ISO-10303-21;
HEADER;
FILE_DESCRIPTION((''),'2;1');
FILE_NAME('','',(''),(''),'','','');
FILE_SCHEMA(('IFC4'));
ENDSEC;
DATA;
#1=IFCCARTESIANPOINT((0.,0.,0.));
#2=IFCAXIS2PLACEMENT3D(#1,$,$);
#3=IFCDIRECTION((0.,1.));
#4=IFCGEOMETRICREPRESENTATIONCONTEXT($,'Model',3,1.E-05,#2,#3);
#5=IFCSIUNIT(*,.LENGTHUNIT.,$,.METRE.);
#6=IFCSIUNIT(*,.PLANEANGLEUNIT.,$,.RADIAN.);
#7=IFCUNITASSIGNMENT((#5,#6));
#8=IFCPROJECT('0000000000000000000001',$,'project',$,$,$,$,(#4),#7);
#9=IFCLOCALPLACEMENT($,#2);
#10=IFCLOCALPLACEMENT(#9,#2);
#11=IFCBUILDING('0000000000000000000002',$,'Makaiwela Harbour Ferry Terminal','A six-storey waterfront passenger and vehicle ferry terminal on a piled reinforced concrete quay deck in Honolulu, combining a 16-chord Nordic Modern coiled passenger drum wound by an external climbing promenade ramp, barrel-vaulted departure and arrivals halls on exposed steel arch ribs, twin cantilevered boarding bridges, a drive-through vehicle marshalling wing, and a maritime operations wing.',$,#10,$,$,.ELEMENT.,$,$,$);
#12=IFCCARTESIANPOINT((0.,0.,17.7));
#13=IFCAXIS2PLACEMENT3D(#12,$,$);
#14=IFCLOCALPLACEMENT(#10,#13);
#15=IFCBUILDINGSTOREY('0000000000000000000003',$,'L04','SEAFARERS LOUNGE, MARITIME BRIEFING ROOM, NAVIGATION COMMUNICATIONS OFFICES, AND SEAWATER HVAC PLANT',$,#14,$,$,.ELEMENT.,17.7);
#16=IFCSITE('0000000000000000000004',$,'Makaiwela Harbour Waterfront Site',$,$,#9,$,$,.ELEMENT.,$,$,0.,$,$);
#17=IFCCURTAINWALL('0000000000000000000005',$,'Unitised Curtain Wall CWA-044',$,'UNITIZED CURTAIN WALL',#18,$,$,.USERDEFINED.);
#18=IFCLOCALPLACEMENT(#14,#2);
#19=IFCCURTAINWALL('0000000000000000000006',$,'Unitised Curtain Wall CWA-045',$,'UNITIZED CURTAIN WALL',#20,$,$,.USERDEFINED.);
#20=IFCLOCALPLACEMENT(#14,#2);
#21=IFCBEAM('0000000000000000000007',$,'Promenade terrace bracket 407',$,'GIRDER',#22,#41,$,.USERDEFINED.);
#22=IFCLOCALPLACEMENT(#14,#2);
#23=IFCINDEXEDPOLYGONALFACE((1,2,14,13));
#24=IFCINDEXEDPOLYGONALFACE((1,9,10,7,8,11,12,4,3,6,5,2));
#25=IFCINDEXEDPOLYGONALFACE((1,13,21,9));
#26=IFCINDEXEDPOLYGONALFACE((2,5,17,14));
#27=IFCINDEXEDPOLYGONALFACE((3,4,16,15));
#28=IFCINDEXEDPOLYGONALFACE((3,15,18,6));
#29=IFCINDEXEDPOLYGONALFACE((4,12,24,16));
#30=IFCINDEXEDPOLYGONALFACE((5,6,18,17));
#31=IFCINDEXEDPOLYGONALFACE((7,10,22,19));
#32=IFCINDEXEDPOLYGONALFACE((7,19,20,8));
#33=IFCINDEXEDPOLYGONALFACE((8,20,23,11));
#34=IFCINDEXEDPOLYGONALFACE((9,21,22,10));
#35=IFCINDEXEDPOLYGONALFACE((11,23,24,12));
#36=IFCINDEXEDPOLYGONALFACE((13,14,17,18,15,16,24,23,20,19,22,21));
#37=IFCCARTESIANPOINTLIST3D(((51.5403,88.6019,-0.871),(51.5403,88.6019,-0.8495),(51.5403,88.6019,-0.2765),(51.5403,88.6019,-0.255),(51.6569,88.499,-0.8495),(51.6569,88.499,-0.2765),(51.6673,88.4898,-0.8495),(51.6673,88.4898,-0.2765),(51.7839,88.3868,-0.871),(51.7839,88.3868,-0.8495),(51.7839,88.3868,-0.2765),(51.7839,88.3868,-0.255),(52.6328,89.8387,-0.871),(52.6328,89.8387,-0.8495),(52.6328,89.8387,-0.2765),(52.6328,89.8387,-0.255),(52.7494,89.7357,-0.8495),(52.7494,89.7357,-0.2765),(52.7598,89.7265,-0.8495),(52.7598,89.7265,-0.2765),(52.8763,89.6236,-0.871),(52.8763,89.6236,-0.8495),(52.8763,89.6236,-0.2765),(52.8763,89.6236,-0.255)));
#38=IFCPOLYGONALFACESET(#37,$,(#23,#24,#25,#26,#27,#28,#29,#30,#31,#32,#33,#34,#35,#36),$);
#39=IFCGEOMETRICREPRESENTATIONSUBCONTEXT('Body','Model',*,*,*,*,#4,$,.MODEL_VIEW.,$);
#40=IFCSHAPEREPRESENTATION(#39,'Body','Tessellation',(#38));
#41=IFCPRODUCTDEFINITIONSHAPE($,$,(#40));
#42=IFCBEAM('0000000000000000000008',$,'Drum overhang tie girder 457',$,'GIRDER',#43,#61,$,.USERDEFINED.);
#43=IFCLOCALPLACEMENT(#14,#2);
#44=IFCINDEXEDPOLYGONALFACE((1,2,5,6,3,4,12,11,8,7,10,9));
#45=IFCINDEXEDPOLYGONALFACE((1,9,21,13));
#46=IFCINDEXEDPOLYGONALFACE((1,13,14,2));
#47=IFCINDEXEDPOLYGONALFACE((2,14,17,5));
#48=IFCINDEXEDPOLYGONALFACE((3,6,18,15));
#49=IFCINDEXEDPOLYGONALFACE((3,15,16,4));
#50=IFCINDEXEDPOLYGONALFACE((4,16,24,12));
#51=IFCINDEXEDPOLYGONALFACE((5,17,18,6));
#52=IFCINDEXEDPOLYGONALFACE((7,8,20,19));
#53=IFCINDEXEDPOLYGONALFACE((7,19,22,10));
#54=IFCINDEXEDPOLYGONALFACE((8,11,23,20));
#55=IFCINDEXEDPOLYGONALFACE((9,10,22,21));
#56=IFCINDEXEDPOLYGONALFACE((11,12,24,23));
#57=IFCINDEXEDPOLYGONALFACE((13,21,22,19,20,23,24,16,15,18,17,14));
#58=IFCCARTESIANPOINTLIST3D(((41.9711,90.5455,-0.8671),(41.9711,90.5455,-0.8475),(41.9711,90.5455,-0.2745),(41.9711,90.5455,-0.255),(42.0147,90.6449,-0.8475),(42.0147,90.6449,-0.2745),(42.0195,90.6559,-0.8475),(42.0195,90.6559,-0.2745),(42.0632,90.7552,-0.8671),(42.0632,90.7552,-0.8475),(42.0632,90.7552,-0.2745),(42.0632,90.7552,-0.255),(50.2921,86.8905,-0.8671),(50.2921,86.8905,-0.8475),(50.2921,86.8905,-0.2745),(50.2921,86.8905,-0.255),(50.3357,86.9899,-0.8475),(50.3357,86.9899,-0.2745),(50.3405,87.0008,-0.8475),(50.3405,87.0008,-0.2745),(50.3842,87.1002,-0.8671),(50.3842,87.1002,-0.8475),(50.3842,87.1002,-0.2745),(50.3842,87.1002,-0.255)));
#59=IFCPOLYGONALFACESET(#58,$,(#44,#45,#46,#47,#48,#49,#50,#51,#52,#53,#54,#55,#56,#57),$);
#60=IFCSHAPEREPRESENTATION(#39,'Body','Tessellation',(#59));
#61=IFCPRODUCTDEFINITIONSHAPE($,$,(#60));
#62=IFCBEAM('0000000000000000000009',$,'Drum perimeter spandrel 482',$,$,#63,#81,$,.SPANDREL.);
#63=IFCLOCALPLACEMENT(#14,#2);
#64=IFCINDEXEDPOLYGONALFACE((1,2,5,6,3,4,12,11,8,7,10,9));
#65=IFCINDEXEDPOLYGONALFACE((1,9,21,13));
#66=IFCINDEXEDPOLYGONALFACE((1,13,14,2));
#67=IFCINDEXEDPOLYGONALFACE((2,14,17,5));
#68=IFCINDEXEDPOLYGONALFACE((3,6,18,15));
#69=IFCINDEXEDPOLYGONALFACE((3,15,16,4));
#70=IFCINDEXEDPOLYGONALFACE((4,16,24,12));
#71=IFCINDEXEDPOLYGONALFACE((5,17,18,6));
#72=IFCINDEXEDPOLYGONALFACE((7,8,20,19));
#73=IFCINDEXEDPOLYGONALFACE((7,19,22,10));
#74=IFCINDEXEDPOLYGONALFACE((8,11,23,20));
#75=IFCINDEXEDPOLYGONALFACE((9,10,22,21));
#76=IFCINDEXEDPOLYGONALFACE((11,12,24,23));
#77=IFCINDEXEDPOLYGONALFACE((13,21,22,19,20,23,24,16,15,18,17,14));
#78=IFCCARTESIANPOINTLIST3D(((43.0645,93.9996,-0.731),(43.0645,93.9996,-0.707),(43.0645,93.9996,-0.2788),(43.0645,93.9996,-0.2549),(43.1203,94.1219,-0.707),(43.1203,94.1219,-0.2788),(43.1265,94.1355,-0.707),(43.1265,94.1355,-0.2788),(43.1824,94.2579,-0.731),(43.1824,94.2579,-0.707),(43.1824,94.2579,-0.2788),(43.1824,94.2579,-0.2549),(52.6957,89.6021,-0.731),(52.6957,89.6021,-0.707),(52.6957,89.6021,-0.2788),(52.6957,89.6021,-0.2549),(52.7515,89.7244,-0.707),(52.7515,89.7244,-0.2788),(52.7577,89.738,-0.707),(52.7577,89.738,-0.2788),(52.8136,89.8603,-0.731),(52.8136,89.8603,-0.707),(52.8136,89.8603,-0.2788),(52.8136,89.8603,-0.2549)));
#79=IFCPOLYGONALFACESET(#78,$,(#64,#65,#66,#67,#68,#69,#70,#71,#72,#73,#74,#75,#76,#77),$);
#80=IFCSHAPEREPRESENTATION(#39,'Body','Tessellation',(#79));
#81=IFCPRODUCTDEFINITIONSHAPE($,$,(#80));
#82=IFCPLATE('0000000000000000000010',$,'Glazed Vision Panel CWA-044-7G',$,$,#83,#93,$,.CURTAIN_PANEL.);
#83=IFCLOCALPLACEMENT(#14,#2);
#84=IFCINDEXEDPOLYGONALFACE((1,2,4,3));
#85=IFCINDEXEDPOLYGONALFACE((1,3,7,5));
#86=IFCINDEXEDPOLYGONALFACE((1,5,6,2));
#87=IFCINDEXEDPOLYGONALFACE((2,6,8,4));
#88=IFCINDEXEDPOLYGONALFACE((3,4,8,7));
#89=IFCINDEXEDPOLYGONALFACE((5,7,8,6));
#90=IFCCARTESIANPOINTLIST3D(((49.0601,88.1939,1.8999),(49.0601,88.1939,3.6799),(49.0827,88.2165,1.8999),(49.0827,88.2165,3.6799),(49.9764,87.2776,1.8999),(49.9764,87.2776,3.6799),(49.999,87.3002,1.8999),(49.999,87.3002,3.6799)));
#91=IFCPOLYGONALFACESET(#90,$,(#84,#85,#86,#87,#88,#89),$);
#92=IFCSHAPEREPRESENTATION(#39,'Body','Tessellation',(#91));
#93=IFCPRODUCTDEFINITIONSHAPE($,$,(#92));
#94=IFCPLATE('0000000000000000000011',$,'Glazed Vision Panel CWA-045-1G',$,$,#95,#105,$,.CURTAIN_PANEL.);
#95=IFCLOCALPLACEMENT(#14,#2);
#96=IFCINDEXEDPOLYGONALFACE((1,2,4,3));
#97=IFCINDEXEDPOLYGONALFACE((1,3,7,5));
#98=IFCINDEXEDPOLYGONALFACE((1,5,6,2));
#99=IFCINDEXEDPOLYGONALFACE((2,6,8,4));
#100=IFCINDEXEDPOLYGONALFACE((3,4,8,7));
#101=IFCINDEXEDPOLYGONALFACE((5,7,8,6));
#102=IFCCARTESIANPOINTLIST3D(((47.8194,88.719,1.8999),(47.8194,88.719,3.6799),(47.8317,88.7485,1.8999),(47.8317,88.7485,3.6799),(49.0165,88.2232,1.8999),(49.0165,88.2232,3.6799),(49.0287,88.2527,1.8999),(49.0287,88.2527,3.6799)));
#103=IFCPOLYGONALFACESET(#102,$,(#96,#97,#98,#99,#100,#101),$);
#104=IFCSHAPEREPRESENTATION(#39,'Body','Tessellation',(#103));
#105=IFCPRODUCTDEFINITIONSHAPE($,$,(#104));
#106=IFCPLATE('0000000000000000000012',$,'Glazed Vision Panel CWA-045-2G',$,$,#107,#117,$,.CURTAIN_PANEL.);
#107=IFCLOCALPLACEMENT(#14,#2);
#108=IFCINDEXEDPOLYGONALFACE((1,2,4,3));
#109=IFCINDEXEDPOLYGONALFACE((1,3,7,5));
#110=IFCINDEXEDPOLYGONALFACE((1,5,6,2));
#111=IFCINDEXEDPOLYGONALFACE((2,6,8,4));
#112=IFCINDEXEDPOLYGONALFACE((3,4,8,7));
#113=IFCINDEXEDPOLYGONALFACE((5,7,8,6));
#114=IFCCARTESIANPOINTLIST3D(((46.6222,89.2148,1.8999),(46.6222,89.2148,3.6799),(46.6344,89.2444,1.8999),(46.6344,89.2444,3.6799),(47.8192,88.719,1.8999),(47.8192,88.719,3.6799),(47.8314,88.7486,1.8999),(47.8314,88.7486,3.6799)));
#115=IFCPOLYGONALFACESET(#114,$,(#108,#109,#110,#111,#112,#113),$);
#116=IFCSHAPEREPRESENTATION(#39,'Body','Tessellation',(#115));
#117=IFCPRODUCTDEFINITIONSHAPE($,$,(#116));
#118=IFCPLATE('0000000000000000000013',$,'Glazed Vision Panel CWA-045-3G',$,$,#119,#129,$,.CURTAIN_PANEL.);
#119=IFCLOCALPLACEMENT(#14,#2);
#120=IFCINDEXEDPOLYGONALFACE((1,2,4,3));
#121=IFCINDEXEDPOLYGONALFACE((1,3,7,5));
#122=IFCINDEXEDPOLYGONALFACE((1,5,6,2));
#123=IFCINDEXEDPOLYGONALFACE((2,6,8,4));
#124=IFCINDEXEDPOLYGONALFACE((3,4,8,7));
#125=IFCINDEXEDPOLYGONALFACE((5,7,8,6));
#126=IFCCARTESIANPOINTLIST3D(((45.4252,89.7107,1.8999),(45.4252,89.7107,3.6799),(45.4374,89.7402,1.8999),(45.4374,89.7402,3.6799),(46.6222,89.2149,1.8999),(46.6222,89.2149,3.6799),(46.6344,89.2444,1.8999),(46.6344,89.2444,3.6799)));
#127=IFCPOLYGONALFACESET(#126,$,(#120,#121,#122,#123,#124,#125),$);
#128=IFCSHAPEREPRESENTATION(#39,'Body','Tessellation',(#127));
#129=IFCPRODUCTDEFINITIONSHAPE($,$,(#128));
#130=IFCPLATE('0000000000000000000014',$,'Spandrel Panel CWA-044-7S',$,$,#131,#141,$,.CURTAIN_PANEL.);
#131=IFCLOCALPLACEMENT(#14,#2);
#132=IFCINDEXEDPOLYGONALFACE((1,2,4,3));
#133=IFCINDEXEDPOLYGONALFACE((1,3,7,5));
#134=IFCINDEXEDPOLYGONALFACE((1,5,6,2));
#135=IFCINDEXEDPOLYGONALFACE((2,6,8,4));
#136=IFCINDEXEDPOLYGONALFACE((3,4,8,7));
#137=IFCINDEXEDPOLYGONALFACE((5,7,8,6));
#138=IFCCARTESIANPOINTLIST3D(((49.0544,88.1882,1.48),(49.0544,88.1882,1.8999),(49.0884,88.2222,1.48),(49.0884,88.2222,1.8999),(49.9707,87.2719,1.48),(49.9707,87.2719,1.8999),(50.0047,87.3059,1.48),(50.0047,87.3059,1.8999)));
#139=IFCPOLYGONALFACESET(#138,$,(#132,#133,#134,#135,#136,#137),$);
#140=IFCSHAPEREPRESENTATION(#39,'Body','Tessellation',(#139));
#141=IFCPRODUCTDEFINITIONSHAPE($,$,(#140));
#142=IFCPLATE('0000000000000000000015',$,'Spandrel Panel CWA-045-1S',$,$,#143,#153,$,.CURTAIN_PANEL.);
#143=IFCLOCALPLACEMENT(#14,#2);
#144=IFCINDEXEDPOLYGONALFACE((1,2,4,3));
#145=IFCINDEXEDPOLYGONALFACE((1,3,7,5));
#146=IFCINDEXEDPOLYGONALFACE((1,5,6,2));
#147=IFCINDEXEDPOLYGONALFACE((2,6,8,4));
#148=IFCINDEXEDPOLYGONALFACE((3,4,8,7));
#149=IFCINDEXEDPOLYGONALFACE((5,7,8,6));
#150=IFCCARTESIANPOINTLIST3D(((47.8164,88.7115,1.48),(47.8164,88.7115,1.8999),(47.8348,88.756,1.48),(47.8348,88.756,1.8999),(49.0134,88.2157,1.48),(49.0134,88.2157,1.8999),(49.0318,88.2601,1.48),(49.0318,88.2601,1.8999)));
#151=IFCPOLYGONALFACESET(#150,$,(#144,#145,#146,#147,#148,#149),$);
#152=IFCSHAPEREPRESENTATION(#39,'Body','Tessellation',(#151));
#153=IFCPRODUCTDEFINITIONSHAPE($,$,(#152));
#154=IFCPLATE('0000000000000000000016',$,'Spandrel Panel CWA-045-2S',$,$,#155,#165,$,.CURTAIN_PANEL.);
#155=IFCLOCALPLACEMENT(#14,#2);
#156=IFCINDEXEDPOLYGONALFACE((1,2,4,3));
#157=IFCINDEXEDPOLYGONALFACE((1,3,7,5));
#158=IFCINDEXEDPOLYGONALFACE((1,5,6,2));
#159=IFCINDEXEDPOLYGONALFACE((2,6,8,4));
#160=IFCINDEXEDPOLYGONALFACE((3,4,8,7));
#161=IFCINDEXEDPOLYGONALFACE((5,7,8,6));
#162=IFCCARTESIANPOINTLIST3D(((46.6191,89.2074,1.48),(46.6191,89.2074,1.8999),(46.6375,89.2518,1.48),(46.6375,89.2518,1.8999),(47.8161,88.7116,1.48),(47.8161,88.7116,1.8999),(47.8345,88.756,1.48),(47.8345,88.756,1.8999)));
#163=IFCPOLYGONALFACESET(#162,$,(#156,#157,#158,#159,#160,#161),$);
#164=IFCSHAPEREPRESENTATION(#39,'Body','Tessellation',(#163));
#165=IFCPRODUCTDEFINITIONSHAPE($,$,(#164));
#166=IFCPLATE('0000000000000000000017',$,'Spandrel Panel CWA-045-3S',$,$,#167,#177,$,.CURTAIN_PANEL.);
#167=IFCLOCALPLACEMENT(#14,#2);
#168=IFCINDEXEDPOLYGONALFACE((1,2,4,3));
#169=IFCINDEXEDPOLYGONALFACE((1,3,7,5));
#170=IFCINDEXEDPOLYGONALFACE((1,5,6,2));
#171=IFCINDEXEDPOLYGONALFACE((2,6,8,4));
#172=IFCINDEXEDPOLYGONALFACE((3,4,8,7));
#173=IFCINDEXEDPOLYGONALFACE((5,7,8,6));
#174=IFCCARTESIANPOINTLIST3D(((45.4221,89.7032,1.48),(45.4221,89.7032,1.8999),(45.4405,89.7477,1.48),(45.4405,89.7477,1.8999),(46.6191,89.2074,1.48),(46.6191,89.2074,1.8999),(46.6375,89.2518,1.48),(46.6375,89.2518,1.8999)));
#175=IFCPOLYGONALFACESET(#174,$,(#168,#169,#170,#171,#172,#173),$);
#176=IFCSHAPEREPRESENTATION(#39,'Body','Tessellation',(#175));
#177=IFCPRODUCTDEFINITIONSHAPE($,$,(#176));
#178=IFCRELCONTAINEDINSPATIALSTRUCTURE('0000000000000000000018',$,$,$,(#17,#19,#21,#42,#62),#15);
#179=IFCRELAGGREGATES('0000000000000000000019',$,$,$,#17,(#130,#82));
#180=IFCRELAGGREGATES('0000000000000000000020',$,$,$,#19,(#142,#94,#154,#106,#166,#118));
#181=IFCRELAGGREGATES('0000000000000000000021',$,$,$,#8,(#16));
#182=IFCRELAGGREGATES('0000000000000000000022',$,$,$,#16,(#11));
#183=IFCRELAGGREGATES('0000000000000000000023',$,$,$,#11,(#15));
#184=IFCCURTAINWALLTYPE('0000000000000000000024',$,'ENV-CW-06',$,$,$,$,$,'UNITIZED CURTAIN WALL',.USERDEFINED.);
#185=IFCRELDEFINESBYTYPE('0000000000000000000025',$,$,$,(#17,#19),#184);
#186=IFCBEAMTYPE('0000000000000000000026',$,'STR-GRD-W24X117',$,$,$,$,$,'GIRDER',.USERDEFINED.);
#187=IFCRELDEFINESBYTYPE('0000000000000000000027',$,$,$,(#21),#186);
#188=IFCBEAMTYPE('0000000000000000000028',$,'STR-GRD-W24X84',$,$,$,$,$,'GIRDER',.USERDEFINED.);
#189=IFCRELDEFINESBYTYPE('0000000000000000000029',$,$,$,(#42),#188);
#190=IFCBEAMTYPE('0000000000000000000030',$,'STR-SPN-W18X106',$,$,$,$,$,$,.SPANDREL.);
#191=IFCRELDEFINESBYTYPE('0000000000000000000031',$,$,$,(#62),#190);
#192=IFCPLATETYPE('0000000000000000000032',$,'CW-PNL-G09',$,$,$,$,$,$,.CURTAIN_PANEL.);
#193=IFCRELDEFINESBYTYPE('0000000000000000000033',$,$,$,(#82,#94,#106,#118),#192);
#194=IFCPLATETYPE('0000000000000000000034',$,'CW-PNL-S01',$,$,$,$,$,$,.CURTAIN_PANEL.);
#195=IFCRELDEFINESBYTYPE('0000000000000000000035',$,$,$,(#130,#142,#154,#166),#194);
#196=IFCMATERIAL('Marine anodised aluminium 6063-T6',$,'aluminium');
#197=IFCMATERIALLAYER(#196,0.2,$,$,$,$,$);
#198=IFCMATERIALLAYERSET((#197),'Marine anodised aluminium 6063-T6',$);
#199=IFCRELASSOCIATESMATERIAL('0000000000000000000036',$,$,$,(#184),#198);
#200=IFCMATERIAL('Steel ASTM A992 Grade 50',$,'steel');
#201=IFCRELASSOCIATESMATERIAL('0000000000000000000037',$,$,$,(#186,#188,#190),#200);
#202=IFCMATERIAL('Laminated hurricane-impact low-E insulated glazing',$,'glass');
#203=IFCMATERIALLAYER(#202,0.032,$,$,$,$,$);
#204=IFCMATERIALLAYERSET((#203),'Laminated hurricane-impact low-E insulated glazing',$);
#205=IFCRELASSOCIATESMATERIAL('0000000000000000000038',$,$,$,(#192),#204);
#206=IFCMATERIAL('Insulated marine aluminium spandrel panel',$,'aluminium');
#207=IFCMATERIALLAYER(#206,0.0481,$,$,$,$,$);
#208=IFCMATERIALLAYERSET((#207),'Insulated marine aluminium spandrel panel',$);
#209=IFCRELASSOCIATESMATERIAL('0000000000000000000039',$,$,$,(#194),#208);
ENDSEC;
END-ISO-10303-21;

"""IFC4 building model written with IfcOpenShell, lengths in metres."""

from ifc_helpers import new_model, si_unit, direction, frame, origin, origin_2d, place, context, subcontext, project, spatial, rectangle, i_section, extrude, material, layer, layer_set, material_profile, profile_set, type_object, element, aggregate, save


model = new_model("IFC4")

# Units and contexts
model_context = context("Model", 3, precision=1e-05, world=origin(), true_north=direction((0.0, 1.0)))
body_context = subcontext(model_context, "Body", "Model", "MODEL_VIEW")
ifc_project = project(units=[si_unit("LENGTHUNIT", "METRE"), si_unit("PLANEANGLEUNIT", "RADIAN")], contexts=[model_context])

# Site, building, storey
site_placement = place(None, origin())
site = spatial("IfcSite", under=ifc_project, at=site_placement, Name="Makaiwela Harbour Waterfront Site", CompositionType="ELEMENT", RefElevation=0.0)
building_placement = place(site_placement, origin())
building = spatial("IfcBuilding", under=site, at=building_placement, Name="Makaiwela Harbour Ferry Terminal", Description="A six-storey waterfront passenger and vehicle ferry terminal on a piled reinforced concrete quay deck in Honolulu, combining a 16-chord Nordic Modern coiled passenger drum wound by an external climbing promenade ramp, barrel-vaulted departure and arrivals halls on exposed steel arch ribs, twin cantilevered boarding bridges, a drive-through vehicle marshalling wing, and a maritime operations wing.", CompositionType="ELEMENT")
storey_placement = place(building_placement, frame((0.0, 0.0, 17.7)))
storey = spatial("IfcBuildingStorey", under=building, at=storey_placement, Name="L04", Description="SEAFARERS LOUNGE, MARITIME BRIEFING ROOM, NAVIGATION COMMUNICATIONS OFFICES, AND SEAWATER HVAC PLANT", CompositionType="ELEMENT", Elevation=17.7)

# Curtain walls
ifc_material_1 = material(Name="Marine anodised aluminium 6063-T6", Category="aluminium")
ifc_layer_1 = layer(ifc_material_1, 0.2)
ifc_layer_set_1 = layer_set([ifc_layer_1], Name="Marine anodised aluminium 6063-T6")
curtain_wall_type = type_object("IfcCurtainWallType", Name="ENV-CW-06", ElementType="UNITIZED CURTAIN WALL", PredefinedType="USERDEFINED", material=ifc_layer_set_1)
curtain_wall_1_placement = place(storey_placement, origin())
curtain_wall_1 = element("IfcCurtainWall", 1, at=curtain_wall_1_placement, inside=storey, type_object=curtain_wall_type, Name="Unitised Curtain Wall CWA-044", ObjectType="UNITIZED CURTAIN WALL", PredefinedType="USERDEFINED")
curtain_wall_2_placement = place(storey_placement, origin())
curtain_wall_2 = element("IfcCurtainWall", 2, at=curtain_wall_2_placement, inside=storey, type_object=curtain_wall_type, Name="Unitised Curtain Wall CWA-045", ObjectType="UNITIZED CURTAIN WALL", PredefinedType="USERDEFINED")

# Beams
ifc_material_2 = material(Name="Steel ASTM A992 Grade 50", Category="steel")
ifc_material_profile_1 = material_profile(ifc_material_2, i_section(OverallWidth=0.325, OverallDepth=0.616, WebThickness=0.0139, FlangeThickness=0.0215, at=origin_2d()), Name="W24X117")
ifc_profile_set_1 = profile_set([ifc_material_profile_1], Name="Steel ASTM A992 Grade 50")
beam_type_1 = type_object("IfcBeamType", Name="STR-GRD-W24X117", ElementType="GIRDER", PredefinedType="USERDEFINED", material=ifc_profile_set_1)
beam_1_placement = place(storey_placement, frame((51.6621, 88.4944, -0.563), z_axis=(0.662037, 0.749471, 0.0), x_axis=(-0.749471, 0.662037, 0.0)))
element("IfcBeam", 3, at=beam_1_placement, inside=storey, type_object=beam_type_1, Name="Promenade terrace bracket 407", ObjectType="GIRDER", PredefinedType="USERDEFINED", context=body_context, shape_type="SweptSolid", body=[
    extrude(i_section(OverallWidth=0.325, OverallDepth=0.616, WebThickness=0.0139, FlangeThickness=0.0215, at=origin_2d()), origin(), (0.0, 0.0, 1.0), 1.6501),
])
ifc_material_profile_2 = material_profile(ifc_material_2, i_section(OverallWidth=0.229, OverallDepth=0.6121, WebThickness=0.012, FlangeThickness=0.0195, at=origin_2d()), Name="W24X84")
ifc_profile_set_2 = profile_set([ifc_material_profile_2], Name="Steel ASTM A992 Grade 50")
beam_type_2 = type_object("IfcBeamType", Name="STR-GRD-W24X84", ElementType="GIRDER", PredefinedType="USERDEFINED", material=ifc_profile_set_2)
beam_2_placement = place(storey_placement, frame((50.3381, 86.9954, -0.561), z_axis=(-0.915568, 0.402164, 0.0), x_axis=(-0.402164, -0.915568, 0.0)))
element("IfcBeam", 4, at=beam_2_placement, inside=storey, type_object=beam_type_2, Name="Drum overhang tie girder 457", ObjectType="GIRDER", PredefinedType="USERDEFINED", context=body_context, shape_type="SweptSolid", body=[
    extrude(i_section(OverallWidth=0.229, OverallDepth=0.6121, WebThickness=0.012, FlangeThickness=0.0195, at=origin_2d()), origin(), (0.0, 0.0, 1.0), 9.0884),
])
ifc_material_profile_3 = material_profile(ifc_material_2, i_section(OverallWidth=0.2839, OverallDepth=0.4761, WebThickness=0.0149, FlangeThickness=0.0239, at=origin_2d()), Name="W18X106")
ifc_profile_set_3 = profile_set([ifc_material_profile_3], Name="Steel ASTM A992 Grade 50")
beam_type_3 = type_object("IfcBeamType", Name="STR-SPN-W18X106", PredefinedType="SPANDREL", material=ifc_profile_set_3)
beam_3_placement = place(storey_placement, frame((52.7546, 89.7312, -0.4929), z_axis=(-0.909665, 0.415343, 0.0), x_axis=(-0.415343, -0.909665, 0.0)))
element("IfcBeam", 5, at=beam_3_placement, inside=storey, type_object=beam_type_3, Name="Drum perimeter spandrel 482", PredefinedType="SPANDREL", context=body_context, shape_type="SweptSolid", body=[
    extrude(i_section(OverallWidth=0.2839, OverallDepth=0.4761, WebThickness=0.0149, FlangeThickness=0.0239, at=origin_2d()), origin(), (0.0, 0.0, 1.0), 10.5876),
])

# Plates
ifc_material_3 = material(Name="Laminated hurricane-impact low-E insulated glazing", Category="glass")
ifc_layer_2 = layer(ifc_material_3, 0.032)
ifc_layer_set_2 = layer_set([ifc_layer_2], Name="Laminated hurricane-impact low-E insulated glazing")
plate_type_1 = type_object("IfcPlateType", Name="CW-PNL-G09", PredefinedType="CURTAIN_PANEL", material=ifc_layer_set_2)
plate_1_placement = place(storey_placement, frame((49.5295, 87.7471, 1.8999), z_axis=(0.0, 0.0, 1.0), x_axis=(-0.707107, 0.707107, 0.0)))
plate_1 = element("IfcPlate", 6, at=plate_1_placement, type_object=plate_type_1, Name="Glazed Vision Panel CWA-044-7G", PredefinedType="CURTAIN_PANEL", context=body_context, shape_type="SweptSolid", body=[
    extrude(rectangle(XDim=1.2959, YDim=0.032, at=origin_2d()), origin(), (0.0, 0.0, 1.0), 1.78),
])
plate_2_placement = place(storey_placement, frame((48.4241, 88.4858, 1.8999), z_axis=(0.0, 0.0, 1.0), x_axis=(-0.92388, 0.382683, 0.0)))
plate_2 = element("IfcPlate", 7, at=plate_2_placement, type_object=plate_type_1, Name="Glazed Vision Panel CWA-045-1G", PredefinedType="CURTAIN_PANEL", context=body_context, shape_type="SweptSolid", body=[
    extrude(rectangle(XDim=1.2957, YDim=0.032, at=origin_2d()), origin(), (0.0, 0.0, 1.0), 1.78),
])
plate_3_placement = place(storey_placement, frame((47.2268, 88.9817, 1.8999), z_axis=(0.0, 0.0, 1.0), x_axis=(-0.92388, 0.382683, 0.0)))
plate_3 = element("IfcPlate", 8, at=plate_3_placement, type_object=plate_type_1, Name="Glazed Vision Panel CWA-045-2G", PredefinedType="CURTAIN_PANEL", context=body_context, shape_type="SweptSolid", body=[
    extrude(rectangle(XDim=1.2957, YDim=0.032, at=origin_2d()), origin(), (0.0, 0.0, 1.0), 1.78),
])
plate_4_placement = place(storey_placement, frame((46.0298, 89.4775, 1.8999), z_axis=(0.0, 0.0, 1.0), x_axis=(-0.92388, 0.382683, 0.0)))
plate_4 = element("IfcPlate", 9, at=plate_4_placement, type_object=plate_type_1, Name="Glazed Vision Panel CWA-045-3G", PredefinedType="CURTAIN_PANEL", context=body_context, shape_type="SweptSolid", body=[
    extrude(rectangle(XDim=1.2957, YDim=0.032, at=origin_2d()), origin(), (0.0, 0.0, 1.0), 1.78),
])
ifc_material_4 = material(Name="Insulated marine aluminium spandrel panel", Category="aluminium")
ifc_layer_3 = layer(ifc_material_4, 0.0481)
ifc_layer_set_3 = layer_set([ifc_layer_3], Name="Insulated marine aluminium spandrel panel")
plate_type_2 = type_object("IfcPlateType", Name="CW-PNL-S01", PredefinedType="CURTAIN_PANEL", material=ifc_layer_set_3)
plate_5_placement = place(storey_placement, frame((49.5295, 87.7471, 1.48), z_axis=(0.0, 0.0, 1.0), x_axis=(-0.707107, 0.707107, 0.0)))
plate_5 = element("IfcPlate", 10, at=plate_5_placement, type_object=plate_type_2, Name="Spandrel Panel CWA-044-7S", PredefinedType="CURTAIN_PANEL", context=body_context, shape_type="SweptSolid", body=[
    extrude(rectangle(XDim=1.2959, YDim=0.0481, at=origin_2d()), origin(), (0.0, 0.0, 1.0), 0.4199),
])
aggregate(curtain_wall_1, [plate_5, plate_1])
plate_6_placement = place(storey_placement, frame((48.4241, 88.4858, 1.48), z_axis=(0.0, 0.0, 1.0), x_axis=(-0.92388, 0.382683, 0.0)))
plate_6 = element("IfcPlate", 11, at=plate_6_placement, type_object=plate_type_2, Name="Spandrel Panel CWA-045-1S", PredefinedType="CURTAIN_PANEL", context=body_context, shape_type="SweptSolid", body=[
    extrude(rectangle(XDim=1.2957, YDim=0.0481, at=origin_2d()), origin(), (0.0, 0.0, 1.0), 0.4199),
])
plate_7_placement = place(storey_placement, frame((47.2268, 88.9817, 1.48), z_axis=(0.0, 0.0, 1.0), x_axis=(-0.92388, 0.382683, 0.0)))
plate_7 = element("IfcPlate", 12, at=plate_7_placement, type_object=plate_type_2, Name="Spandrel Panel CWA-045-2S", PredefinedType="CURTAIN_PANEL", context=body_context, shape_type="SweptSolid", body=[
    extrude(rectangle(XDim=1.2957, YDim=0.0481, at=origin_2d()), origin(), (0.0, 0.0, 1.0), 0.4199),
])
plate_8_placement = place(storey_placement, frame((46.0298, 89.4775, 1.48), z_axis=(0.0, 0.0, 1.0), x_axis=(-0.92388, 0.382683, 0.0)))
plate_8 = element("IfcPlate", 13, at=plate_8_placement, type_object=plate_type_2, Name="Spandrel Panel CWA-045-3S", PredefinedType="CURTAIN_PANEL", context=body_context, shape_type="SweptSolid", body=[
    extrude(rectangle(XDim=1.2957, YDim=0.0481, at=origin_2d()), origin(), (0.0, 0.0, 1.0), 0.4199),
])
aggregate(curtain_wall_2, [plate_6, plate_2, plate_7, plate_3, plate_8, plate_4])

save(model, "model.ifc")
